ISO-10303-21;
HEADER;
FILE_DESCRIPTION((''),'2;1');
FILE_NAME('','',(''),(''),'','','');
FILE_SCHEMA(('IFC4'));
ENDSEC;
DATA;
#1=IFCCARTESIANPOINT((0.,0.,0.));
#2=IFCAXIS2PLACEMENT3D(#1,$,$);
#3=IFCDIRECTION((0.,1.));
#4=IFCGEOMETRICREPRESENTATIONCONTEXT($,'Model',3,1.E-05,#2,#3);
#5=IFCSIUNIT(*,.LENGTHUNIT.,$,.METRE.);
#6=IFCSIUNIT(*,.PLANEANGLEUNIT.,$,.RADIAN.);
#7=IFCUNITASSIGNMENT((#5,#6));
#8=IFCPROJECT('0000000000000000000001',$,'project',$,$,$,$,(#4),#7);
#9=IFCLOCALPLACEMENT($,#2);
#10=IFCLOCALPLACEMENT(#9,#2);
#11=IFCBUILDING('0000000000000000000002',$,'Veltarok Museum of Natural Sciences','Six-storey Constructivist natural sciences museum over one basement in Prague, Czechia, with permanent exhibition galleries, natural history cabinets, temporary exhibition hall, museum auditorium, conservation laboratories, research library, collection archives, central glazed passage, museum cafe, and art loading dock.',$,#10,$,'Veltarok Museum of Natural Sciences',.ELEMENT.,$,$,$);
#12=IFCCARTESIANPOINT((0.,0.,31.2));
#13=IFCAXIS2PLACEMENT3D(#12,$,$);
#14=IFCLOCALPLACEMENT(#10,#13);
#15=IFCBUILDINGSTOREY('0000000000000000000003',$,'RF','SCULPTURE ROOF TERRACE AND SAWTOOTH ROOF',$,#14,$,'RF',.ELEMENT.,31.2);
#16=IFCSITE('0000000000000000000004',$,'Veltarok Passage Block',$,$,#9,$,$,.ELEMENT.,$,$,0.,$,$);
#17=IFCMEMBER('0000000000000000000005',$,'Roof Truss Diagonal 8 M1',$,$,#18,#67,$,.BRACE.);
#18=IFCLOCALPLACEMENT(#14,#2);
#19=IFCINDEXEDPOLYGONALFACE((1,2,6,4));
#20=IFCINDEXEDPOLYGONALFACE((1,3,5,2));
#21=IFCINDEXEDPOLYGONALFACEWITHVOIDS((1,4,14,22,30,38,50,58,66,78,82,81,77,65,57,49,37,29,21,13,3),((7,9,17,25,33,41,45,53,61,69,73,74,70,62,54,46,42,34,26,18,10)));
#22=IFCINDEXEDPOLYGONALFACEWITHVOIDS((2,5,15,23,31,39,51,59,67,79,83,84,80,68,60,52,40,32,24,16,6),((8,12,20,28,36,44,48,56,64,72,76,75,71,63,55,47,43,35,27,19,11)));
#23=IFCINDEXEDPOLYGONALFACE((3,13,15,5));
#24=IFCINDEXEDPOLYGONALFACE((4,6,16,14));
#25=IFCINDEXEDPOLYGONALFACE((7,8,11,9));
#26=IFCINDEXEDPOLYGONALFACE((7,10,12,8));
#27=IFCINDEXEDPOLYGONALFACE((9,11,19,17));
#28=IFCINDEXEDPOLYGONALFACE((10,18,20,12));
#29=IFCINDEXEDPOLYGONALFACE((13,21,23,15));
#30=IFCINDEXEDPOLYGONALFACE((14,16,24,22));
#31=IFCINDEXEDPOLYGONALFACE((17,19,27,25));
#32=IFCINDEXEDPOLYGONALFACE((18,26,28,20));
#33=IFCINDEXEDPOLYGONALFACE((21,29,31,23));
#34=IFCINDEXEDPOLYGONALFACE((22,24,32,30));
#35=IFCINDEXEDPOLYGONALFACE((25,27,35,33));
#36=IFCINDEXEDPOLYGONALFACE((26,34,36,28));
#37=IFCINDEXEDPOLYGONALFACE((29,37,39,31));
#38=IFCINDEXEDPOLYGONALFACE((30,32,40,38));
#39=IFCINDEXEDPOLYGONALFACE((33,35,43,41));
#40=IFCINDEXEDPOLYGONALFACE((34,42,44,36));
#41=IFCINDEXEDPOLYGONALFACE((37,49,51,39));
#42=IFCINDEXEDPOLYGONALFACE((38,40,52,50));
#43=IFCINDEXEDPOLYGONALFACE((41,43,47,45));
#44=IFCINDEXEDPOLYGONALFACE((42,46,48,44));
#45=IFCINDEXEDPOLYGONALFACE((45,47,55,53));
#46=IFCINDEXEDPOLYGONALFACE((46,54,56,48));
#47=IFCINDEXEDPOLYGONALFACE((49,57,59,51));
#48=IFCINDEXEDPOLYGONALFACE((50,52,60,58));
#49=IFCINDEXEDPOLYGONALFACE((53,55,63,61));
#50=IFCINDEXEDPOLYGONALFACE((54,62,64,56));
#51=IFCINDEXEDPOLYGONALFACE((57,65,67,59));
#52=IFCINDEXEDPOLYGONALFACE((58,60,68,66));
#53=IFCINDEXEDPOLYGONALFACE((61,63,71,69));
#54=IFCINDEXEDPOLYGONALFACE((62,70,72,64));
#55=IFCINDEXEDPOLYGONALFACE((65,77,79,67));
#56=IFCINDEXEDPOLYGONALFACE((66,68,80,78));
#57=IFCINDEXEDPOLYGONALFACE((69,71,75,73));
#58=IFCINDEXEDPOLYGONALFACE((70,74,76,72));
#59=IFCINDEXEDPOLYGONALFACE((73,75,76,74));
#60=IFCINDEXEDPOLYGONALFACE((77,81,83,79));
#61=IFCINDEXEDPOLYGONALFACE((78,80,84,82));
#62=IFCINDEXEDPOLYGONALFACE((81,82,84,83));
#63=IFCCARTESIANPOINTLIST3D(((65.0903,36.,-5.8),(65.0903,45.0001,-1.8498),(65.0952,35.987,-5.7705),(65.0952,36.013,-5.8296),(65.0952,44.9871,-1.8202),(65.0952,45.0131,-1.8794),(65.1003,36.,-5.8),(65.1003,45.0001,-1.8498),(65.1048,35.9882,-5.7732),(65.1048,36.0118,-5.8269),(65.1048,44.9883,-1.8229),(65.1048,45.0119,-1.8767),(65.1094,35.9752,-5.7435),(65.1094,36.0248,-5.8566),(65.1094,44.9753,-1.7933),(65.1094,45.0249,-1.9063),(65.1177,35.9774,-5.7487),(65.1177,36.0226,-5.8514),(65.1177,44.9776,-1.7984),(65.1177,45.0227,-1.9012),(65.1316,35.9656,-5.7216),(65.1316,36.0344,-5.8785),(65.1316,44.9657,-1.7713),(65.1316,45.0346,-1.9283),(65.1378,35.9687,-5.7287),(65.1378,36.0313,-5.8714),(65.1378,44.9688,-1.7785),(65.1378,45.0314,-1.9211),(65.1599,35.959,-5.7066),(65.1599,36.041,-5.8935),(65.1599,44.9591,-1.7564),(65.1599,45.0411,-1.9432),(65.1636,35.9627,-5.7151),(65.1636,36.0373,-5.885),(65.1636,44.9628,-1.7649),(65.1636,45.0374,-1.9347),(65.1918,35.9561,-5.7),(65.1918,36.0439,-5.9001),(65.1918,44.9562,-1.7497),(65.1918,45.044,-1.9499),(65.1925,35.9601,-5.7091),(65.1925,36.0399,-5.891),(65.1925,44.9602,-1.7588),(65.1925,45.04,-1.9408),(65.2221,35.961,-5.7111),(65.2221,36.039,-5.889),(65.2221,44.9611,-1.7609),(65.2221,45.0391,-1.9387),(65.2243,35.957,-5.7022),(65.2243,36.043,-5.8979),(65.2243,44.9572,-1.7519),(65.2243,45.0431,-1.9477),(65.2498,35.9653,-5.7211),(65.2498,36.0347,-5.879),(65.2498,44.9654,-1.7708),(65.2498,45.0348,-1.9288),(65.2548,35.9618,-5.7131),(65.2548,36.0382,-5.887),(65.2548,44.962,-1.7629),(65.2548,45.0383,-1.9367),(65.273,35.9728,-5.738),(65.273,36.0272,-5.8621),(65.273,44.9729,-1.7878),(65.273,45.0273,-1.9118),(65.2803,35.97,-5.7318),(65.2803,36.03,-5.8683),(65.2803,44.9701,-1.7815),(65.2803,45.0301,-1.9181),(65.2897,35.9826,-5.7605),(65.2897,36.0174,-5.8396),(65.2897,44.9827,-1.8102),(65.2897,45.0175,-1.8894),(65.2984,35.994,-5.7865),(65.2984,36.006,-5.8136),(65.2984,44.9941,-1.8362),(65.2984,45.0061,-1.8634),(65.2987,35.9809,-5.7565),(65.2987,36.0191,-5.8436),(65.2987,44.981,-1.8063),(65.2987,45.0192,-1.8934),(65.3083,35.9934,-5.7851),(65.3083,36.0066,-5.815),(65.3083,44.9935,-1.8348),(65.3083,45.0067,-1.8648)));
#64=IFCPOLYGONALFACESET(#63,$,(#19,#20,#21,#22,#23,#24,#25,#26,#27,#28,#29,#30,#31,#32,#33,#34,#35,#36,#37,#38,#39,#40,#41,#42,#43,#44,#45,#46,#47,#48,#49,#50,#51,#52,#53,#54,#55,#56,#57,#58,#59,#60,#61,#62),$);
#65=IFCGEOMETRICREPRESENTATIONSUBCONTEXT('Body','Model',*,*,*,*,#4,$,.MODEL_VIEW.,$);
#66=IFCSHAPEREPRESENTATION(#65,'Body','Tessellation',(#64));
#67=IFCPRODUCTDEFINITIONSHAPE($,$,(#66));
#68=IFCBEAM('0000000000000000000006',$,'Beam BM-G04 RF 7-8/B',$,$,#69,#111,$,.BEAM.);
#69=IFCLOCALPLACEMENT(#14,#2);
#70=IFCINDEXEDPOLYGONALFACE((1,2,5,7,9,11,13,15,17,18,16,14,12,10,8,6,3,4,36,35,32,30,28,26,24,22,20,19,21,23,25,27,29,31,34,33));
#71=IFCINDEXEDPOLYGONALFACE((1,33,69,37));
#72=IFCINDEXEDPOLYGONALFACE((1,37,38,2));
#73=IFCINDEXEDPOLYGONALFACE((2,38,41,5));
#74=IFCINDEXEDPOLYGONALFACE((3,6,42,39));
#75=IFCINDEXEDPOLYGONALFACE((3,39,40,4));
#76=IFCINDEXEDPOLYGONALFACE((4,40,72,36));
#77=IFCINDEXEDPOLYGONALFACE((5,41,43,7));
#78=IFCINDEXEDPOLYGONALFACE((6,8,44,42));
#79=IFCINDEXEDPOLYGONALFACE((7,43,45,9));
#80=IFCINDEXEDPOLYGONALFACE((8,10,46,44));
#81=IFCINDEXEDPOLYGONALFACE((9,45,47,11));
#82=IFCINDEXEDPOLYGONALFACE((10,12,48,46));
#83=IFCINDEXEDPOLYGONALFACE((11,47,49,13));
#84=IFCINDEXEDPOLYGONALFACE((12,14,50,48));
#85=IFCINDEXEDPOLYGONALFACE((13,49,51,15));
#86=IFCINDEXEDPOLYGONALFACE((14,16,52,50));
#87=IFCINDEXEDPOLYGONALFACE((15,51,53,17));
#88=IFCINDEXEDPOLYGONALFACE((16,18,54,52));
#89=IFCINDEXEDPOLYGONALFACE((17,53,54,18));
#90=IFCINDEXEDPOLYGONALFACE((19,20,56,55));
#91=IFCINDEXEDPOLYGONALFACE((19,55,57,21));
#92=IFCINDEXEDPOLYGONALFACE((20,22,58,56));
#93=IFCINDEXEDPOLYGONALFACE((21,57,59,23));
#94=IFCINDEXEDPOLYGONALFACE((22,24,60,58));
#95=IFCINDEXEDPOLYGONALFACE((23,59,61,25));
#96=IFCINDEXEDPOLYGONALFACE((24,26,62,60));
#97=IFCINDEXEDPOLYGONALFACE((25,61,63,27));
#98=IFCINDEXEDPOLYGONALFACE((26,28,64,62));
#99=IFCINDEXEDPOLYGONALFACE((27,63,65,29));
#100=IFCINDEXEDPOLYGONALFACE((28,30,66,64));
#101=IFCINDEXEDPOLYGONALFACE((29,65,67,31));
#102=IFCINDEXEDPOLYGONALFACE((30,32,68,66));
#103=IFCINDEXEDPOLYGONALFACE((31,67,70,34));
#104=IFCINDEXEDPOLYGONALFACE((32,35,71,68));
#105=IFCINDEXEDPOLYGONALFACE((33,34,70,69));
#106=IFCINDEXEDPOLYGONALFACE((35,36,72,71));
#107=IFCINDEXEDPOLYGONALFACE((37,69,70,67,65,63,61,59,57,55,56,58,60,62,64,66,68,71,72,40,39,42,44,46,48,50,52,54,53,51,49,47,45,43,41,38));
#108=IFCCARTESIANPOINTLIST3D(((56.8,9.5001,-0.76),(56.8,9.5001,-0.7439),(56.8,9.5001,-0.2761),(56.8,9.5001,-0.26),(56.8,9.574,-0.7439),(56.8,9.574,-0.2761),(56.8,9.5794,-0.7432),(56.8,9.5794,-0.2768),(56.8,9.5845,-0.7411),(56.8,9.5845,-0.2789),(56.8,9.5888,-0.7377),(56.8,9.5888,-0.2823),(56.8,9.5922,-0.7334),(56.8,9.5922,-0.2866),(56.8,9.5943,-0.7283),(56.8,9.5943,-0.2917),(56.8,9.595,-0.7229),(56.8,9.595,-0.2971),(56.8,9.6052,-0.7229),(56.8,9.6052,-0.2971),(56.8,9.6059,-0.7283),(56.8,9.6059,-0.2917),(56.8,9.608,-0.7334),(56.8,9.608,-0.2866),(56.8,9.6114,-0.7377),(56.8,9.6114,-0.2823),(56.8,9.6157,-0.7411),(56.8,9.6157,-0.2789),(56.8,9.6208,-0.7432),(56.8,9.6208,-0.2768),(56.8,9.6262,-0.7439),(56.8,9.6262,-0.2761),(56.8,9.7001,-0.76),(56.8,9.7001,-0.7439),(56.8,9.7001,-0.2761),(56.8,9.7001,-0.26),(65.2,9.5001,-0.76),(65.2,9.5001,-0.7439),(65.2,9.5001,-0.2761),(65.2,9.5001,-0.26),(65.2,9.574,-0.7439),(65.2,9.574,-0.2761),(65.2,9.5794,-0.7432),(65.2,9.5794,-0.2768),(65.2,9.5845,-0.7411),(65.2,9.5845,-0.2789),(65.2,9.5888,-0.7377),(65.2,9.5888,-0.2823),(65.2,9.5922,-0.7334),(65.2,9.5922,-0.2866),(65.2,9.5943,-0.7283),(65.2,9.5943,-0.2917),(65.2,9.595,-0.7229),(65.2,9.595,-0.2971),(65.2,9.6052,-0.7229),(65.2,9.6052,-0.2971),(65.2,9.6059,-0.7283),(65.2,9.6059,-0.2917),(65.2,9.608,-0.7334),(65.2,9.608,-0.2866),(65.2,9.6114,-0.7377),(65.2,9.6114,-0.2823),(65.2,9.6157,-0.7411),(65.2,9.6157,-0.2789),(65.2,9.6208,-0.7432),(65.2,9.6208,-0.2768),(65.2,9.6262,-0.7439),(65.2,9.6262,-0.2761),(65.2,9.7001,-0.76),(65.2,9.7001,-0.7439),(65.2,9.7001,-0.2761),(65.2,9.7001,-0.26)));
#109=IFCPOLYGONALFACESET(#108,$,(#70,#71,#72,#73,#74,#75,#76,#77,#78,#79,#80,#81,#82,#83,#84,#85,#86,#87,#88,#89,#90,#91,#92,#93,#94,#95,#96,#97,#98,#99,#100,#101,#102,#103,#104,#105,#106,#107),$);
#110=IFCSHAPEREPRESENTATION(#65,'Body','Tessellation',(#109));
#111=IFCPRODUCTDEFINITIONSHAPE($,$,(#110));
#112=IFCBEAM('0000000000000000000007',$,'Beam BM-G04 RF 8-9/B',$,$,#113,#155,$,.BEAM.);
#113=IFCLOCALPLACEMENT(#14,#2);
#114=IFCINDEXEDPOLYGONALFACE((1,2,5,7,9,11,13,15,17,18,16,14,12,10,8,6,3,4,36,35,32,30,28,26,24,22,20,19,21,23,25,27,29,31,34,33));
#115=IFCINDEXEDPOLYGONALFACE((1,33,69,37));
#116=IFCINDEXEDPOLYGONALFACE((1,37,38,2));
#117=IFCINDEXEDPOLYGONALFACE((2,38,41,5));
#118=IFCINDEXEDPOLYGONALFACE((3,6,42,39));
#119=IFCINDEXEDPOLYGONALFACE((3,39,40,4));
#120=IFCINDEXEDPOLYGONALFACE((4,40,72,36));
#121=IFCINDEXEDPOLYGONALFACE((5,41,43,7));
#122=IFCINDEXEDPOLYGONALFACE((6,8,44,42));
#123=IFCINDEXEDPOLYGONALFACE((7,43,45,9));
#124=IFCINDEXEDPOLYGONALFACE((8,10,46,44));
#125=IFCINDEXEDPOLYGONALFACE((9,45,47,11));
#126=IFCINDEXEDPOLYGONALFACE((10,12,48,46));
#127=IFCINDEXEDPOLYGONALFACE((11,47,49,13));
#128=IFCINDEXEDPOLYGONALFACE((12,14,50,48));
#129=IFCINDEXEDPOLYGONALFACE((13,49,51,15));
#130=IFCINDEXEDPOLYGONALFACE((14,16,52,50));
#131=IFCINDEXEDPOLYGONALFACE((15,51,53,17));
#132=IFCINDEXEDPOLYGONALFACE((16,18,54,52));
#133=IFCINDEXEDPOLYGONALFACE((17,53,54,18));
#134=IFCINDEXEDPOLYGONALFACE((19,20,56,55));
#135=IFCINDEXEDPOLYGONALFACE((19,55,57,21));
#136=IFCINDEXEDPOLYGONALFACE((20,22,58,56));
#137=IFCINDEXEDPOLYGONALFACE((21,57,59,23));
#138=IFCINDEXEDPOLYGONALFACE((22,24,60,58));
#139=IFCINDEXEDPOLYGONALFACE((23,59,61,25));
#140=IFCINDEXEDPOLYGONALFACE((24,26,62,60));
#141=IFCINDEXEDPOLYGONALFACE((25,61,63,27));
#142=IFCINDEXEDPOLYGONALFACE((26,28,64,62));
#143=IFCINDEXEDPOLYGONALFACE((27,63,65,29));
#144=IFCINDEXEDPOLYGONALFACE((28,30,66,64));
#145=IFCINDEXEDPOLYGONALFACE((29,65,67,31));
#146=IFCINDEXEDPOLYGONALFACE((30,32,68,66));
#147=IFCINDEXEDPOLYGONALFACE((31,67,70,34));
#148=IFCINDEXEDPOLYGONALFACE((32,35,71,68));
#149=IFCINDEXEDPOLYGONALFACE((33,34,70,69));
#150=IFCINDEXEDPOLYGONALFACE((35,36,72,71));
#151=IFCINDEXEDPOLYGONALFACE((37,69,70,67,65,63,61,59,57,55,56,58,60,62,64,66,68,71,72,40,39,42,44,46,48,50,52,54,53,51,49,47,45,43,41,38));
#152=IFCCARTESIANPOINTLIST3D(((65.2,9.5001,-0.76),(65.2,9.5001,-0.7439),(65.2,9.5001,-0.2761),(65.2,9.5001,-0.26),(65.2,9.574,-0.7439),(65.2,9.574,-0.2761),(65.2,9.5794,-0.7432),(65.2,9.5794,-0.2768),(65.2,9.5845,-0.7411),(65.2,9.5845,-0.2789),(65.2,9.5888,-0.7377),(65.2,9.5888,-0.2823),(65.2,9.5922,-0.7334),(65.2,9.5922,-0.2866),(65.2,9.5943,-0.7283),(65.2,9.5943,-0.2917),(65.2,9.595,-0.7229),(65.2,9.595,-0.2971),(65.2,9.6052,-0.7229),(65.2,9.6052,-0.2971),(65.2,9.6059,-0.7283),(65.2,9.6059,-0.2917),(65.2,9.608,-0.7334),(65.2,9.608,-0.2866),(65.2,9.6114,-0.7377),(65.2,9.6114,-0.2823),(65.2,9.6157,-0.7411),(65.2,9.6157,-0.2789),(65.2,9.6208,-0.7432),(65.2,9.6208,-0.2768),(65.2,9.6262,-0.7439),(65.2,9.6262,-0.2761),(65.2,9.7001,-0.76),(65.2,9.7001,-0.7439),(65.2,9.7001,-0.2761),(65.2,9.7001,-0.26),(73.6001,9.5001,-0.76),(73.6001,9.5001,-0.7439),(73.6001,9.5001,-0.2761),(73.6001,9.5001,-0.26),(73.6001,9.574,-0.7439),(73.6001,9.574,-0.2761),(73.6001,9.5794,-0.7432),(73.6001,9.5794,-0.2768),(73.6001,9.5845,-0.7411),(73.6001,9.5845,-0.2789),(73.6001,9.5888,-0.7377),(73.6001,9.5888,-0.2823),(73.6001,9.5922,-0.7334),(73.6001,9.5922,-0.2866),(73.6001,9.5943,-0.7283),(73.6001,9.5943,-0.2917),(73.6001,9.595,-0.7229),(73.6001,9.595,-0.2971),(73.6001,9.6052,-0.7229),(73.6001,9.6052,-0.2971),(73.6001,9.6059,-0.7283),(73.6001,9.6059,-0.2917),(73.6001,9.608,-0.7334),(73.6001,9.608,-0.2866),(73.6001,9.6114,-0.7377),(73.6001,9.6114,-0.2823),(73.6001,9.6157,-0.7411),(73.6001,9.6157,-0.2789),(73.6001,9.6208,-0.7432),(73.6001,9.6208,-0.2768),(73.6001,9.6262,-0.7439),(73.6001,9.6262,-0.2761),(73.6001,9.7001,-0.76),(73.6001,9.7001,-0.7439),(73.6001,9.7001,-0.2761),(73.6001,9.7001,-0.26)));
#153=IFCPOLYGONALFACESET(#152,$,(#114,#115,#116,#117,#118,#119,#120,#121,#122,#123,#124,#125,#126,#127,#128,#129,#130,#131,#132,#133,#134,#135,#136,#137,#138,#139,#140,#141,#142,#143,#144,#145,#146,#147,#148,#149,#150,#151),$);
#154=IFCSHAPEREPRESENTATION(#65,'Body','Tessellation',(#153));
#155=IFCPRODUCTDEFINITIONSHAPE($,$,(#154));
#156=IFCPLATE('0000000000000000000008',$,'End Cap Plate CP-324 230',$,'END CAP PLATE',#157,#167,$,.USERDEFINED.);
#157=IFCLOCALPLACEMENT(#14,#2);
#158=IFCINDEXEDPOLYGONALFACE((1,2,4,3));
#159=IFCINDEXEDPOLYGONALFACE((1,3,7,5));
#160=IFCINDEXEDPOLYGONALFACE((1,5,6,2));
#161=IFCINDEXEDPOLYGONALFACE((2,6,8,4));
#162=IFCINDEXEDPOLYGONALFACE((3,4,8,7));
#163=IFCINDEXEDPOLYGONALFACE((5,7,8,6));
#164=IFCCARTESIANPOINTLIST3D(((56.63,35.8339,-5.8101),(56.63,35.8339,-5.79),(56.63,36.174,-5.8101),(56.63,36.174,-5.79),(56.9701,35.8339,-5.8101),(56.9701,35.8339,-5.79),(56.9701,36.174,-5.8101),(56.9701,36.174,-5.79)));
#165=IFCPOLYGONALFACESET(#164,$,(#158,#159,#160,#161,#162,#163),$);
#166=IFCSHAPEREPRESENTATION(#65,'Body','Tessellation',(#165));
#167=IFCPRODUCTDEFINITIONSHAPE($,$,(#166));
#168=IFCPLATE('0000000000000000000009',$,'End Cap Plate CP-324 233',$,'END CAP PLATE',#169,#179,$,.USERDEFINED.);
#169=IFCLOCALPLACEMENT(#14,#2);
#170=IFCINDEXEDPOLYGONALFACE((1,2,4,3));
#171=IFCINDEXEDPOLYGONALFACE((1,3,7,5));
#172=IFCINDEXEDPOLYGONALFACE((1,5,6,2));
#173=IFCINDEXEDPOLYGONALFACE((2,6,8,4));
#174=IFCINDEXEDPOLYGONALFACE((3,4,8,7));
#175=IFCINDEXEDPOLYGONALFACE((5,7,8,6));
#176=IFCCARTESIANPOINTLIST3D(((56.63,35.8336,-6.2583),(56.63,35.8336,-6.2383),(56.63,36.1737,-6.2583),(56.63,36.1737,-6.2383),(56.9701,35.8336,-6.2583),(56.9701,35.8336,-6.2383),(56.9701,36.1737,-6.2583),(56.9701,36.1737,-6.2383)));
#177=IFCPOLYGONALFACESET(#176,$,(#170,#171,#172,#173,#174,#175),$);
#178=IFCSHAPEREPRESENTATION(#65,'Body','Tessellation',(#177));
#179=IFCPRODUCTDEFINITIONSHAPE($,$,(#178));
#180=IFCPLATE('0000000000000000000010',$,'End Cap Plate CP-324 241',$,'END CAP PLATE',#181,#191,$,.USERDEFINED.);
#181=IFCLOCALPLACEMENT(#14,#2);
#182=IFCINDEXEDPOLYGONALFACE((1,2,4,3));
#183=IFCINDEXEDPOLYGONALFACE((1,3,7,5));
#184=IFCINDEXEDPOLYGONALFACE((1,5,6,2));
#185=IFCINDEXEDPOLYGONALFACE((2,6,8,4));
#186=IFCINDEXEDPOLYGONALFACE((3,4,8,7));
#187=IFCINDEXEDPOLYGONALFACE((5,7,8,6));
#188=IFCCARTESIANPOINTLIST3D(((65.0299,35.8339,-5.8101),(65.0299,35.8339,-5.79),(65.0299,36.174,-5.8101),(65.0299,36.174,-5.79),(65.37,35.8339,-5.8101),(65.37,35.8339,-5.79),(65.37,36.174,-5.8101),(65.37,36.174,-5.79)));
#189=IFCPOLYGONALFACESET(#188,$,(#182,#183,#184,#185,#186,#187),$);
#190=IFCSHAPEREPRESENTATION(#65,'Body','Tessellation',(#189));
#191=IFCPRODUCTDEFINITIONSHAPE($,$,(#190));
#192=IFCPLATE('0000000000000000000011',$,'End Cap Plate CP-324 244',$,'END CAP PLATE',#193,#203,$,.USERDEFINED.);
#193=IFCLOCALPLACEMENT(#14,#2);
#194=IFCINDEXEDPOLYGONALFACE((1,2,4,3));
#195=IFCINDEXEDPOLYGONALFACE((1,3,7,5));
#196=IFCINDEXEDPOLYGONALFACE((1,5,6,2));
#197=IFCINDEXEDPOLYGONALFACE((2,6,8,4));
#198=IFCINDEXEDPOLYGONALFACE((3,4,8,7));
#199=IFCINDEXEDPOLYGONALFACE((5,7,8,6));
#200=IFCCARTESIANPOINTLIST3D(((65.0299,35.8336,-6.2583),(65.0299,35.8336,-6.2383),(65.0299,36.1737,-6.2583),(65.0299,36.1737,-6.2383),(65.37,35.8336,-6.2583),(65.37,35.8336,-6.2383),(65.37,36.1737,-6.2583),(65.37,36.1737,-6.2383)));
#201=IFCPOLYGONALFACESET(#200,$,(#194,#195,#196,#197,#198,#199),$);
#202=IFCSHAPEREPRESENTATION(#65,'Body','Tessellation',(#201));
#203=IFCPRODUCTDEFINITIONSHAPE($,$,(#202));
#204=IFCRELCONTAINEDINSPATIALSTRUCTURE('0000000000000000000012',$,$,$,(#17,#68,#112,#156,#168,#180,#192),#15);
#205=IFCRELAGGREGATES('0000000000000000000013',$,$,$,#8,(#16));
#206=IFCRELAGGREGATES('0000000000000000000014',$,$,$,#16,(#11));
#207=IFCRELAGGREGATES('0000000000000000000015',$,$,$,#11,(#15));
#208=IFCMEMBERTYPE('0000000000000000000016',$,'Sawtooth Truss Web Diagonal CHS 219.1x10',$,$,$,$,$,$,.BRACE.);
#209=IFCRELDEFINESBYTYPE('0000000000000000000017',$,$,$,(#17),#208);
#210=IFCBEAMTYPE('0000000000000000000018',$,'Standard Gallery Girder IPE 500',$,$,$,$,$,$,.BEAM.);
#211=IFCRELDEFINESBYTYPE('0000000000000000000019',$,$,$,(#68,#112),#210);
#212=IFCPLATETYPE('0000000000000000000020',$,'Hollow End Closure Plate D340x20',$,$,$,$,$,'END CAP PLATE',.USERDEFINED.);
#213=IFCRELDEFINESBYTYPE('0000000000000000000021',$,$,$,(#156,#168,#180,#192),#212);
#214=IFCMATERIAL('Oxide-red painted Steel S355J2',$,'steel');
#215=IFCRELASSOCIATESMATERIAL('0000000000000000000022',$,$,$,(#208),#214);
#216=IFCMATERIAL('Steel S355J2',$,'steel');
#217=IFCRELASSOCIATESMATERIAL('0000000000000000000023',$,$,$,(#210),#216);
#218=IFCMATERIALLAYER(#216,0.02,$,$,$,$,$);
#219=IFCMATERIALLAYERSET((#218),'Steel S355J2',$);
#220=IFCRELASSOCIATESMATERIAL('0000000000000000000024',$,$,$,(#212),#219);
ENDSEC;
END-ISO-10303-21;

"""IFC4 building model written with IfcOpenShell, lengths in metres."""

from ifc_helpers import new_model, si_unit, direction, frame, origin, origin_2d, place, context, subcontext, project, spatial, rectangle, hollow_circle, i_section, extrude, material, layer, layer_set, material_profile, profile_set, type_object, element, save


model = new_model("IFC4")

# Units and contexts
model_context = context("Model", 3, precision=1e-05, world=origin(), true_north=direction((0.0, 1.0)))
body_context = subcontext(model_context, "Body", "Model", "MODEL_VIEW")
ifc_project = project(units=[si_unit("LENGTHUNIT", "METRE"), si_unit("PLANEANGLEUNIT", "RADIAN")], contexts=[model_context])

# Site, building, storey
site_placement = place(None, origin())
site = spatial("IfcSite", under=ifc_project, at=site_placement, Name="Veltarok Passage Block", CompositionType="ELEMENT", RefElevation=0.0)
building_placement = place(site_placement, origin())
building = spatial("IfcBuilding", under=site, at=building_placement, Name="Veltarok Museum of Natural Sciences", Description="Six-storey Constructivist natural sciences museum over one basement in Prague, Czechia, with permanent exhibition galleries, natural history cabinets, temporary exhibition hall, museum auditorium, conservation laboratories, research library, collection archives, central glazed passage, museum cafe, and art loading dock.", LongName="Veltarok Museum of Natural Sciences", CompositionType="ELEMENT")
storey_placement = place(building_placement, frame((0.0, 0.0, 31.2)))
storey = spatial("IfcBuildingStorey", under=building, at=storey_placement, Name="RF", Description="SCULPTURE ROOF TERRACE AND SAWTOOTH ROOF", LongName="RF", CompositionType="ELEMENT", Elevation=31.2)

# Shared definitions
ifc_material_1 = material(Name="Steel S355J2", Category="steel")

# Member
ifc_material_2 = material(Name="Oxide-red painted Steel S355J2", Category="steel")
ifc_material_profile_1 = material_profile(ifc_material_2, hollow_circle(Radius=0.1096, WallThickness=0.01, at=origin_2d()), Name="CHS 219.1x10")
ifc_profile_set_1 = profile_set([ifc_material_profile_1], Name="Oxide-red painted Steel S355J2")
member_type_1 = type_object("IfcMemberType", Name="Sawtooth Truss Web Diagonal CHS 219.1x10", PredefinedType="BRACE", material=ifc_profile_set_1)
for number, where, z_axis, x_axis, name in (
    (1, (65.2, 36.0, -5.8), (0.0, 0.915682, 0.401903), (-1.0, 0.0, 0.0), "Roof Truss Diagonal 8 M1"),
):
    element("IfcMember", number, at=place(storey_placement, frame(where, z_axis=z_axis, x_axis=x_axis)), inside=storey, type_object=member_type_1, Name=name, PredefinedType="BRACE", context=body_context, shape_type="SweptSolid", body=[
        extrude(hollow_circle(Radius=0.1096, WallThickness=0.01, at=origin_2d()), origin(), (0.0, 0.0, 1.0), 9.8289),
    ])

# Beams
ifc_material_profile_2 = material_profile(ifc_material_1, i_section(OverallWidth=0.2, OverallDepth=0.5, WebThickness=0.0103, FlangeThickness=0.0161, FilletRadius=0.021, at=origin_2d()), Name="IPE 500")
ifc_profile_set_2 = profile_set([ifc_material_profile_2], Name="Steel S355J2")
beam_type_1 = type_object("IfcBeamType", Name="Standard Gallery Girder IPE 500", PredefinedType="BEAM", material=ifc_profile_set_2)
beam_1_placement = place(storey_placement, frame((56.8, 9.6001, -0.51), z_axis=(1.0, 0.0, 0.0), x_axis=(0.0, 1.0, 0.0)))
element("IfcBeam", 2, at=beam_1_placement, inside=storey, type_object=beam_type_1, Name="Beam BM-G04 RF 7-8/B", PredefinedType="BEAM", context=body_context, shape_type="SweptSolid", body=[
    extrude(i_section(OverallWidth=0.2, OverallDepth=0.5, WebThickness=0.0103, FlangeThickness=0.0161, FilletRadius=0.021, at=origin_2d()), origin(), (0.0, 0.0, 1.0), 8.3999),
])
beam_2_placement = place(storey_placement, frame((65.2, 9.6001, -0.51), z_axis=(1.0, 0.0, 0.0), x_axis=(0.0, 1.0, 0.0)))
element("IfcBeam", 3, at=beam_2_placement, inside=storey, type_object=beam_type_1, Name="Beam BM-G04 RF 8-9/B", PredefinedType="BEAM", context=body_context, shape_type="SweptSolid", body=[
    extrude(i_section(OverallWidth=0.2, OverallDepth=0.5, WebThickness=0.0103, FlangeThickness=0.0161, FilletRadius=0.021, at=origin_2d()), origin(), (0.0, 0.0, 1.0), 8.4001),
])

# Plates
ifc_layer_1 = layer(ifc_material_1, 0.02)
ifc_layer_set_1 = layer_set([ifc_layer_1], Name="Steel S355J2")
plate_type = type_object("IfcPlateType", Name="Hollow End Closure Plate D340x20", ElementType="END CAP PLATE", PredefinedType="USERDEFINED", material=ifc_layer_set_1)
for number, where, z_axis, x_axis, name in (
    (4, (56.8, 36.0039, -5.8101), (0.0, 0.0, 1.0), (0.0, 1.0, 0.0), "End Cap Plate CP-324 230"),
    (5, (56.8, 36.0037, -6.2583), (0.0, 0.0, 1.0), (0.0, 1.0, 0.0), "End Cap Plate CP-324 233"),
    (6, (65.2, 36.0039, -5.8101), (0.0, 0.0, 1.0), (0.0, 1.0, 0.0), "End Cap Plate CP-324 241"),
    (7, (65.2, 36.0037, -6.2583), (0.0, 0.0, 1.0), (0.0, 1.0, 0.0), "End Cap Plate CP-324 244"),
):
    element("IfcPlate", number, at=place(storey_placement, frame(where, z_axis=z_axis, x_axis=x_axis)), inside=storey, type_object=plate_type, Name=name, ObjectType="END CAP PLATE", PredefinedType="USERDEFINED", context=body_context, shape_type="SweptSolid", body=[
        extrude(rectangle(XDim=0.3401, YDim=0.3401, at=origin_2d()), origin(), (0.0, 0.0, 1.0), 0.02),
    ])

save(model, "model.ifc")
